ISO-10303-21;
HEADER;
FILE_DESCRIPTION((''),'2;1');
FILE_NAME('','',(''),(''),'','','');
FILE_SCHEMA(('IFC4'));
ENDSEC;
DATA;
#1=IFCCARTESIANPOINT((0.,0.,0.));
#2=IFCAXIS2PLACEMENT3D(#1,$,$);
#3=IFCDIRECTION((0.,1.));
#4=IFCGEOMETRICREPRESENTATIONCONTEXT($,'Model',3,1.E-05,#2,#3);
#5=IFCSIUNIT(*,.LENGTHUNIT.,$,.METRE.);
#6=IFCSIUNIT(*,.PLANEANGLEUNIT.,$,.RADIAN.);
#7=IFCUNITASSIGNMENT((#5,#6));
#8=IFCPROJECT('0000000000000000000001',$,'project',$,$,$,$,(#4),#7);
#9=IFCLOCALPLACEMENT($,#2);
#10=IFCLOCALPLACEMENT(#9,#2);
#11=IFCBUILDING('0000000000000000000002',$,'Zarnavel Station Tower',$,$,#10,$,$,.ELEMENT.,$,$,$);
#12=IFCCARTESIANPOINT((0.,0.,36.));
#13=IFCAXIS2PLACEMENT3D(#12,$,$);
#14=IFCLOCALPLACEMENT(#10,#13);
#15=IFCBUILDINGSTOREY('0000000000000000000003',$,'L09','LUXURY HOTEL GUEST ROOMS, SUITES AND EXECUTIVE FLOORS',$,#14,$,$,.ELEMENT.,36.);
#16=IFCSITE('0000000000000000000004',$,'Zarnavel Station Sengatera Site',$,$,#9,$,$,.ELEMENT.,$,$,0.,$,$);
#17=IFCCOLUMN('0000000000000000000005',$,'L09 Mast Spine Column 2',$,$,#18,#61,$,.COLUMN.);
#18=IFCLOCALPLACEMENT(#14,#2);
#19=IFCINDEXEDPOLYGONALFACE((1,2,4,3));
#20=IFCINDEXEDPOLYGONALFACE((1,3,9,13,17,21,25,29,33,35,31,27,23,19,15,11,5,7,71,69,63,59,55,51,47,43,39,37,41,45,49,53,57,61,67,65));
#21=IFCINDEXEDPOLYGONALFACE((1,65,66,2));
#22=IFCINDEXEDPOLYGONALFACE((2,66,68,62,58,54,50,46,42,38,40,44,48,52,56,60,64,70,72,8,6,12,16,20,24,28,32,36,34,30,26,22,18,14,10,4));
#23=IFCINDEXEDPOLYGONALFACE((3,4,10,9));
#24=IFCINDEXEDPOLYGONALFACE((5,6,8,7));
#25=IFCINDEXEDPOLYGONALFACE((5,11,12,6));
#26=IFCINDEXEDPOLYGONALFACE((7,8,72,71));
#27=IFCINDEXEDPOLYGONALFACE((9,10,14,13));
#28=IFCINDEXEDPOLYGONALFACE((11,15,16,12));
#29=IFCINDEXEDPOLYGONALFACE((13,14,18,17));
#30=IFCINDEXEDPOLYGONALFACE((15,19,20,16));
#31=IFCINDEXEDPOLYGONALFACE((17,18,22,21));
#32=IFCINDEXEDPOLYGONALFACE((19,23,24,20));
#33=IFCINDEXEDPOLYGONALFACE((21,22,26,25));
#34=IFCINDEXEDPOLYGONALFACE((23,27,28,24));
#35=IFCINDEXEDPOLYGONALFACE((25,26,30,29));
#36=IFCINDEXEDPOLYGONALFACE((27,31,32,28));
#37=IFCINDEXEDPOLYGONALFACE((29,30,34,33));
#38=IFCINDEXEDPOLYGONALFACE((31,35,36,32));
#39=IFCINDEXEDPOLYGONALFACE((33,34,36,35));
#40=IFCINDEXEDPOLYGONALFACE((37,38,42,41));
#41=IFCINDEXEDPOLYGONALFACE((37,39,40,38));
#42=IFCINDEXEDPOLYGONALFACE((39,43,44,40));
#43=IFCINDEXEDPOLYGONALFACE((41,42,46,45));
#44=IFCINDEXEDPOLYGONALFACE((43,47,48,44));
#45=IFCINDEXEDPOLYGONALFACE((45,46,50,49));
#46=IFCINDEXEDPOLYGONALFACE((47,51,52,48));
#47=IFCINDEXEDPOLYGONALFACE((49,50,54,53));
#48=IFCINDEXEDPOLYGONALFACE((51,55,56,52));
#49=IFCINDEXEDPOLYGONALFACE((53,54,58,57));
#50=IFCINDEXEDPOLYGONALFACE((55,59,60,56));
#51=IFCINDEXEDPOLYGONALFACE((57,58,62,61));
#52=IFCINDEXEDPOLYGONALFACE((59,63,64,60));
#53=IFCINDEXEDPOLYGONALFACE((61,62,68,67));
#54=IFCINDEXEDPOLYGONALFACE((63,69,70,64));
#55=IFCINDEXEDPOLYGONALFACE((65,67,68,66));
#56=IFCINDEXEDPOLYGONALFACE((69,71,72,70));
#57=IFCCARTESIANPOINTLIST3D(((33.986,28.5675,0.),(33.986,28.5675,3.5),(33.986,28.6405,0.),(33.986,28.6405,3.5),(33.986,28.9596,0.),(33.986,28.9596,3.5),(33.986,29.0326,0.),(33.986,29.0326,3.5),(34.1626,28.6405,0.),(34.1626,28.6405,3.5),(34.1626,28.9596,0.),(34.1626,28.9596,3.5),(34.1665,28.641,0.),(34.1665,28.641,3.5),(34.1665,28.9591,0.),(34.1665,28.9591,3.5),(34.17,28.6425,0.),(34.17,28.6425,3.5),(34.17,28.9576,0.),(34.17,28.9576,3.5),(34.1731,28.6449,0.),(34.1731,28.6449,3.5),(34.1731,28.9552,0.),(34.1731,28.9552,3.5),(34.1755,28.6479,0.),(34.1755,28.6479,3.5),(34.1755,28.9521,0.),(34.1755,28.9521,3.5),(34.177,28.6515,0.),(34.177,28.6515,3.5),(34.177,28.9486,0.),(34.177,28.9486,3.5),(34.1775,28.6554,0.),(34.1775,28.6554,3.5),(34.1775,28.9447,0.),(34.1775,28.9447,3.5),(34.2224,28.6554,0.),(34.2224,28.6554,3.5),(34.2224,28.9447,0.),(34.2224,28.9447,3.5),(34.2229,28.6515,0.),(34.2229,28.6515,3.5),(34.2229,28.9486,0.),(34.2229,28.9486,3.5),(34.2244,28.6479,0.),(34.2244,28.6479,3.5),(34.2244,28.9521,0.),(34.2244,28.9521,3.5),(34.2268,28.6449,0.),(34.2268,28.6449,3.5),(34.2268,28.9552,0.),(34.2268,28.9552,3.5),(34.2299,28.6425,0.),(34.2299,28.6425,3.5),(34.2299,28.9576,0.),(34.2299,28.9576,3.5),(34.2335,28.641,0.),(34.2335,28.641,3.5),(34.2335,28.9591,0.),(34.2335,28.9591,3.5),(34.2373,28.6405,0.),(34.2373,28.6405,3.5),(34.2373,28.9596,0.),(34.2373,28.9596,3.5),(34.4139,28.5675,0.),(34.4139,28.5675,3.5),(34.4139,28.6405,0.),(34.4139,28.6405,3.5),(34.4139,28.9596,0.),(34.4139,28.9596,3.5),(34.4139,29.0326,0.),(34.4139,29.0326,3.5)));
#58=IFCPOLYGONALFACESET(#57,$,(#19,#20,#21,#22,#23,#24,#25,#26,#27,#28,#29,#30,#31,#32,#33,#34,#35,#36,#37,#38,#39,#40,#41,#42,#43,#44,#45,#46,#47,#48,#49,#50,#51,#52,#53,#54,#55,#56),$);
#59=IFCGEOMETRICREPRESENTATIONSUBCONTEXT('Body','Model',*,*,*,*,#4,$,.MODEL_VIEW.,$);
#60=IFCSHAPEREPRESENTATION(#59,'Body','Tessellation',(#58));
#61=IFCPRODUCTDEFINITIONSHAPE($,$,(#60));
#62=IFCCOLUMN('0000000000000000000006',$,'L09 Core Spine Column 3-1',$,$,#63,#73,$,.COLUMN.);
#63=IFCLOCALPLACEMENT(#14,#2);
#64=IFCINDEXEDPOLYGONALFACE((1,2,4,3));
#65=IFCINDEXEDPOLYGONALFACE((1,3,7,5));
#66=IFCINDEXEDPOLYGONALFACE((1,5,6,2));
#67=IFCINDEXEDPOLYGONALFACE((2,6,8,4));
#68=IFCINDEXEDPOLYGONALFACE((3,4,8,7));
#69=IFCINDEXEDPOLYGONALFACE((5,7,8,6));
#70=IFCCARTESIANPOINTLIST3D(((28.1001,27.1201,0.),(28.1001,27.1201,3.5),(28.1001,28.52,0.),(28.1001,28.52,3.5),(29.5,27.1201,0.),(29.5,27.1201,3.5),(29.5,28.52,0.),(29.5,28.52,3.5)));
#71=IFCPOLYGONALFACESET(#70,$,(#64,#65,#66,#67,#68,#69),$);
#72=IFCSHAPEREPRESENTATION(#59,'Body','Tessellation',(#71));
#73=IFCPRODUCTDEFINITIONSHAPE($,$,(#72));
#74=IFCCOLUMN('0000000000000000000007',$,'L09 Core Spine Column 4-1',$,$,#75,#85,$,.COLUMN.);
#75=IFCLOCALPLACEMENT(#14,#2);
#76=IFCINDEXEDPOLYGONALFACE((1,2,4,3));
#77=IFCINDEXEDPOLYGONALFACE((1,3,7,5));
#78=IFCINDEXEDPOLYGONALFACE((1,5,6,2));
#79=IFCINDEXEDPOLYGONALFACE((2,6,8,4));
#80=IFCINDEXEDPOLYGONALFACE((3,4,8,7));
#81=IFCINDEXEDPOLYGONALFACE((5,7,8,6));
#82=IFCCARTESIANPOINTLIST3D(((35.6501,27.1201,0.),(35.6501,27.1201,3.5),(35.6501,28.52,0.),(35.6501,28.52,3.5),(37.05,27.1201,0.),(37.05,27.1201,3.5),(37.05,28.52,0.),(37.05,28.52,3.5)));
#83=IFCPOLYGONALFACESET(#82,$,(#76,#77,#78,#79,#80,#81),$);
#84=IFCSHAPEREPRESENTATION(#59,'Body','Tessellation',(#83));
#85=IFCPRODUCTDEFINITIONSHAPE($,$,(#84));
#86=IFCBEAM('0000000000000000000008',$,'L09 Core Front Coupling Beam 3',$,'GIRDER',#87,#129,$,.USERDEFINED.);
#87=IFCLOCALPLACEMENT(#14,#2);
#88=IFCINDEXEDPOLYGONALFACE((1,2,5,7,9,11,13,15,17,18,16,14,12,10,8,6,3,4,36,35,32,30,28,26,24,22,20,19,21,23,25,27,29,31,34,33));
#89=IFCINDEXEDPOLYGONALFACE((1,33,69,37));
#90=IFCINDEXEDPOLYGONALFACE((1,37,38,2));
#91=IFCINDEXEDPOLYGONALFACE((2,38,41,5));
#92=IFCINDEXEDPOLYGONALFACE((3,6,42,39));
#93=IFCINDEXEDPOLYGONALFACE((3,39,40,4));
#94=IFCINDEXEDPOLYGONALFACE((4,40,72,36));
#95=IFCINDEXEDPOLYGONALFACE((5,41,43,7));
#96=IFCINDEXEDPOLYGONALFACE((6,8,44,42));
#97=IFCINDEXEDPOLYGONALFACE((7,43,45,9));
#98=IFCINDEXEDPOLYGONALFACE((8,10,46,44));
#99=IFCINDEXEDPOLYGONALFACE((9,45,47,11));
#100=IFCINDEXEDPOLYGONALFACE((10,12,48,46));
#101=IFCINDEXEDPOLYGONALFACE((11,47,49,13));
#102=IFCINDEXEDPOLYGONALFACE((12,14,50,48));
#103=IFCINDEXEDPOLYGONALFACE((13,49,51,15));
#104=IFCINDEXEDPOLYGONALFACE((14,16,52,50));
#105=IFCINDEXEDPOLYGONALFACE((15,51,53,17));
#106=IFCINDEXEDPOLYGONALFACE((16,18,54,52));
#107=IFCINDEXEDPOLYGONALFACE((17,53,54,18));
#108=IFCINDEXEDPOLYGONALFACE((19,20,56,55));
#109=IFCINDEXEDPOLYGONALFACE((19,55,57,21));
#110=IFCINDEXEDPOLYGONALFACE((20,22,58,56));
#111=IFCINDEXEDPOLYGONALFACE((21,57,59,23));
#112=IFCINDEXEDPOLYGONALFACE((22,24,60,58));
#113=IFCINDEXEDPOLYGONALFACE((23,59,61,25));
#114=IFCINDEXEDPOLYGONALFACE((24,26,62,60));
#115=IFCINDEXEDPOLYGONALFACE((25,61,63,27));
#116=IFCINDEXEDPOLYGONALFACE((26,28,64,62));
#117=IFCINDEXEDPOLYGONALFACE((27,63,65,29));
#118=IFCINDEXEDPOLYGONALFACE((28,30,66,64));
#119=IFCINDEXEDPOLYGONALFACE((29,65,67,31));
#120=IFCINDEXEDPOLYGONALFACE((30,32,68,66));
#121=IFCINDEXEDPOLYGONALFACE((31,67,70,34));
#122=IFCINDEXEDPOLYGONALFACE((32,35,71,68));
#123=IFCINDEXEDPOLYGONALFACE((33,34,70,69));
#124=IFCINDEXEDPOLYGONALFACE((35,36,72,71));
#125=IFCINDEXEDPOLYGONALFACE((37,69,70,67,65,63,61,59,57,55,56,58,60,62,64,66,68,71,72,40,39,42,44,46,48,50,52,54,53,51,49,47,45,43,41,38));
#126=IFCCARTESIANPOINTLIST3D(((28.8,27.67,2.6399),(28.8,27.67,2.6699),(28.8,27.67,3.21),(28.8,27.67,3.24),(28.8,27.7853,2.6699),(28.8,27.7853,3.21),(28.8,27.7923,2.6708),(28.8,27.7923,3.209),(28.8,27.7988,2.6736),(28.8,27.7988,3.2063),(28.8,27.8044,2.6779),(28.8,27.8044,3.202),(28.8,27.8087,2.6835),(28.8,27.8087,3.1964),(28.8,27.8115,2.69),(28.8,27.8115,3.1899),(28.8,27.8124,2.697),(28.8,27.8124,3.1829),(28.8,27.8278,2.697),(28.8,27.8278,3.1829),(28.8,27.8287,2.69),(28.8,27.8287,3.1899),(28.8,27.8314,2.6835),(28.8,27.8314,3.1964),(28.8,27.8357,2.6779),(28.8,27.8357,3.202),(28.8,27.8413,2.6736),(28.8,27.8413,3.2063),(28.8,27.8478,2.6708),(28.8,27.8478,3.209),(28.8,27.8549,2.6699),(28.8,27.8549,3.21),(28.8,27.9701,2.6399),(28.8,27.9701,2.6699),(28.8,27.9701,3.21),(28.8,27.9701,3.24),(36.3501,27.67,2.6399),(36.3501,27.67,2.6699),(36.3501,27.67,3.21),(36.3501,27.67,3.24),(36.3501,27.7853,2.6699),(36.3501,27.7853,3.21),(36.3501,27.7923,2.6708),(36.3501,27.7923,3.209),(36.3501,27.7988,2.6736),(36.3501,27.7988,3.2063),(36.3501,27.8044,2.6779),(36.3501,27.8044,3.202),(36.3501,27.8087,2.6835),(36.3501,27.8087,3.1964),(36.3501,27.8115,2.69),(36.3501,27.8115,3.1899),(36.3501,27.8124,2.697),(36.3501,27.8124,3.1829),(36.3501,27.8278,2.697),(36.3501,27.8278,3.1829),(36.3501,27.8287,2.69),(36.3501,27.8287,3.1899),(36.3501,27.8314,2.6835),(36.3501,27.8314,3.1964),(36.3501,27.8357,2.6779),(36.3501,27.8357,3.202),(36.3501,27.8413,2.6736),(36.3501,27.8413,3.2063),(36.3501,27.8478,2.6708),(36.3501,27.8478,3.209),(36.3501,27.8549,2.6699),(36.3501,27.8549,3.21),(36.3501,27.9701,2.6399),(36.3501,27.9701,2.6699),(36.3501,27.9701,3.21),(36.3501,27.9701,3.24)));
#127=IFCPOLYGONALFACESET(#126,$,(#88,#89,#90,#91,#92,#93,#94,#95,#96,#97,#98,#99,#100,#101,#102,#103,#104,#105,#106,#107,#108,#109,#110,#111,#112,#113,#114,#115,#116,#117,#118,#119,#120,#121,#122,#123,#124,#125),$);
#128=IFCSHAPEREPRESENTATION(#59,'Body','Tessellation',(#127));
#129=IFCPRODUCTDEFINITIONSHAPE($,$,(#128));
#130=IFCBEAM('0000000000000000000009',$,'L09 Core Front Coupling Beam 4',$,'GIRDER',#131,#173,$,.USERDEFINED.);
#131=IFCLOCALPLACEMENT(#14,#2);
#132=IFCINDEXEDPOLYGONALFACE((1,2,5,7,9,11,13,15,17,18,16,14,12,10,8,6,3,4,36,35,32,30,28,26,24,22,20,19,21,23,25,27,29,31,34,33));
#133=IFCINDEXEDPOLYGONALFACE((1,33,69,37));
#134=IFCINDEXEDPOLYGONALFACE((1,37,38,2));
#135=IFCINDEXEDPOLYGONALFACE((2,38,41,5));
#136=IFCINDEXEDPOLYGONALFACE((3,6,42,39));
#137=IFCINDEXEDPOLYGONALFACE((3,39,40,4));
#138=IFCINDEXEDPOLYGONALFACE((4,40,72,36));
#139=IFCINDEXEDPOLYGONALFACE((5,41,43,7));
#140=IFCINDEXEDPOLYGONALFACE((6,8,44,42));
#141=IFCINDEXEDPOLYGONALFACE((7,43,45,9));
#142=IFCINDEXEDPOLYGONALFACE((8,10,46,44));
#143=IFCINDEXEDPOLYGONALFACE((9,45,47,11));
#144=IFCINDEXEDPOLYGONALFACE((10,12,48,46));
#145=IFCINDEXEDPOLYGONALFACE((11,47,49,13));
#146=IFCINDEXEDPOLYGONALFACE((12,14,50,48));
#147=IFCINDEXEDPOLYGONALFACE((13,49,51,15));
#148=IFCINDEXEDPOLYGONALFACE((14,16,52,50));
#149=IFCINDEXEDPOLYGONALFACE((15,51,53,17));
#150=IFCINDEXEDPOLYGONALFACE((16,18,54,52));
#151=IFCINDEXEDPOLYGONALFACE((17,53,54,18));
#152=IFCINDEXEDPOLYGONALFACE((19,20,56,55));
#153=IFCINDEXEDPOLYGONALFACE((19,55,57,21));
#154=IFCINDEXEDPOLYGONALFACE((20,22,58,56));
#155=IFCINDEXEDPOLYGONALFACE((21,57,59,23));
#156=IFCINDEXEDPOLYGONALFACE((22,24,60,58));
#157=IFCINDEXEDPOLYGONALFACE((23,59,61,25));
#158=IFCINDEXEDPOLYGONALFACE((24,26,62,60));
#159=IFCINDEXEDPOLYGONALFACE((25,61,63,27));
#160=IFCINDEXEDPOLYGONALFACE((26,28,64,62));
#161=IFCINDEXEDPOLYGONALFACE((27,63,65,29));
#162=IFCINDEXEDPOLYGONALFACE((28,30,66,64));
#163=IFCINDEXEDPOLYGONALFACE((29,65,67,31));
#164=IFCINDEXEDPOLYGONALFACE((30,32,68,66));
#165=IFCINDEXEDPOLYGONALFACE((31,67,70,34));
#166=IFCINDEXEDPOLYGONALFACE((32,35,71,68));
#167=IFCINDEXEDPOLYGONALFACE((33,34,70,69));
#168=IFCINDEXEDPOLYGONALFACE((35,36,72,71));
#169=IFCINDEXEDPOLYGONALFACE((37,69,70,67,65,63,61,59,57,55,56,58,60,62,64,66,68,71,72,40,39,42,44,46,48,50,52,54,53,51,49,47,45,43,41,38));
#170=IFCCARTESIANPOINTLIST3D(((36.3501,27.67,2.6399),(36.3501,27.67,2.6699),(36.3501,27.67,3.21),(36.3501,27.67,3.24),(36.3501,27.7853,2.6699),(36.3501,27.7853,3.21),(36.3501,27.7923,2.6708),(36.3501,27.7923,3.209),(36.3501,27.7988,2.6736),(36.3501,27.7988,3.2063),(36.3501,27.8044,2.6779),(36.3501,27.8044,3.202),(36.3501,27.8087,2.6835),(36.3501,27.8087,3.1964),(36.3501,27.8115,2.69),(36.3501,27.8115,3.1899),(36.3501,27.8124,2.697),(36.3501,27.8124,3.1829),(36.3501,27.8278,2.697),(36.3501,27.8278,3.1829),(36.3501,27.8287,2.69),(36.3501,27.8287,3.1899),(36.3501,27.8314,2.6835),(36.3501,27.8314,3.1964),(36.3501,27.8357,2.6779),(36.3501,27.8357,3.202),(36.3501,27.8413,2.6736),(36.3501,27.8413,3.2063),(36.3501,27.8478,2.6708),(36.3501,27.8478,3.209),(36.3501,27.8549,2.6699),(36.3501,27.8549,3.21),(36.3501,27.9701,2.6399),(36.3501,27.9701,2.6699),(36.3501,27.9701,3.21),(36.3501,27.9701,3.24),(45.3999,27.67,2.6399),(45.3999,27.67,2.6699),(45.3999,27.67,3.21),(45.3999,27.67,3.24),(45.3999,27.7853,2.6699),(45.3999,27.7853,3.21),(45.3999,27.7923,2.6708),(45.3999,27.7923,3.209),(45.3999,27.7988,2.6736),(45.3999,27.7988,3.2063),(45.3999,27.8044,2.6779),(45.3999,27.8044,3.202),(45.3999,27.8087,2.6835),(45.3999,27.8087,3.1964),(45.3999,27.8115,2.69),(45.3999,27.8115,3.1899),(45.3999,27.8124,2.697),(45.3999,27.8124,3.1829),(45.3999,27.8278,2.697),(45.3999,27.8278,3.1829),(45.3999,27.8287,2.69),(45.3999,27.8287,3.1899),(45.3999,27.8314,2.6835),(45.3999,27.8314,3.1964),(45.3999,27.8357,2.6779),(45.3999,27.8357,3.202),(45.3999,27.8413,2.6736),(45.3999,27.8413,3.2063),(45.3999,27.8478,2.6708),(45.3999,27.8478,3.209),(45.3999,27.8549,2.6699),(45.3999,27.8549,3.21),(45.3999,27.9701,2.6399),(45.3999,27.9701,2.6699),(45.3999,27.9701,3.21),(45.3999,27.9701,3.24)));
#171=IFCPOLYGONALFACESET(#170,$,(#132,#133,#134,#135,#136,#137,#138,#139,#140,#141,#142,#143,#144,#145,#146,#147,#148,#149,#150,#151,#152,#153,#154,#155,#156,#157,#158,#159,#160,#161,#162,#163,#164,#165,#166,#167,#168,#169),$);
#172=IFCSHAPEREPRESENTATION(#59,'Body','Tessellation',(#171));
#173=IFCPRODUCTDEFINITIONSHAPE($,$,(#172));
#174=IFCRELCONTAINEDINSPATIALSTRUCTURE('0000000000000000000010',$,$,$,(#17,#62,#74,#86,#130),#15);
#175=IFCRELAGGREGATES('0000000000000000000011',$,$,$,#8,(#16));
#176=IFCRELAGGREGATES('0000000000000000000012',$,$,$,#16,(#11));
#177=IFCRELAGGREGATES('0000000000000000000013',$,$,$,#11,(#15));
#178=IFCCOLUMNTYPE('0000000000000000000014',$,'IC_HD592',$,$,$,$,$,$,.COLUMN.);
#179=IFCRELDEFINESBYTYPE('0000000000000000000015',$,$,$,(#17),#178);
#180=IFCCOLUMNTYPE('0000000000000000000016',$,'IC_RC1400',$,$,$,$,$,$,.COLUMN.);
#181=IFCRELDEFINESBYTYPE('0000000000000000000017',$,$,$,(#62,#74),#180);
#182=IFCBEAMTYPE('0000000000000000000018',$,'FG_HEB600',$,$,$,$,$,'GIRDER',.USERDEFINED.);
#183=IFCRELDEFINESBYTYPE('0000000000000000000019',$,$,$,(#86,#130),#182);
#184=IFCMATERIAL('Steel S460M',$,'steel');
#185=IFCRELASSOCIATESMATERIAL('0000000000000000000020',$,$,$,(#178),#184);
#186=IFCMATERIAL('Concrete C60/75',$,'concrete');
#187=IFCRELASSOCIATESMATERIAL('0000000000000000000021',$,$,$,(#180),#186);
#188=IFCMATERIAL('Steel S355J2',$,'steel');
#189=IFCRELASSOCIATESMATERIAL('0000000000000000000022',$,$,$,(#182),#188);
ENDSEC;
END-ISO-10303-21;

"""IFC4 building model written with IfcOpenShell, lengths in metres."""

from ifc_helpers import new_model, si_unit, direction, frame, origin, origin_2d, place, context, subcontext, project, spatial, rectangle, i_section, extrude, material, material_profile, profile_set, type_object, element, save


model = new_model("IFC4")

# Units and contexts
model_context = context("Model", 3, precision=1e-05, world=origin(), true_north=direction((0.0, 1.0)))
body_context = subcontext(model_context, "Body", "Model", "MODEL_VIEW")
ifc_project = project(units=[si_unit("LENGTHUNIT", "METRE"), si_unit("PLANEANGLEUNIT", "RADIAN")], contexts=[model_context])

# Site, building, storey
site_placement = place(None, origin())
site = spatial("IfcSite", under=ifc_project, at=site_placement, Name="Zarnavel Station Sengatera Site", CompositionType="ELEMENT", RefElevation=0.0)
building_placement = place(site_placement, origin())
building = spatial("IfcBuilding", under=site, at=building_placement, Name="Zarnavel Station Tower", CompositionType="ELEMENT")
storey_placement = place(building_placement, frame((0.0, 0.0, 36.0)))
storey = spatial("IfcBuildingStorey", under=building, at=storey_placement, Name="L09", Description="LUXURY HOTEL GUEST ROOMS, SUITES AND EXECUTIVE FLOORS", CompositionType="ELEMENT", Elevation=36.0)

# Columns
ifc_material_1 = material(Name="Steel S460M", Category="steel")
ifc_material_profile_1 = material_profile(ifc_material_1, i_section(OverallWidth=0.428, OverallDepth=0.4651, WebThickness=0.0449, FlangeThickness=0.073, FilletRadius=0.0149, at=origin_2d()), Name="HD400x592")
ifc_profile_set_1 = profile_set([ifc_material_profile_1], Name="Steel S460M")
column_type_1 = type_object("IfcColumnType", Name="IC_HD592", PredefinedType="COLUMN", material=ifc_profile_set_1)
column_placement = place(storey_placement, frame((34.2, 28.8, 0.0), z_axis=(0.0, 0.0, 1.0), x_axis=(1.0, 0.0, 0.0)))
element("IfcColumn", 1, at=column_placement, inside=storey, type_object=column_type_1, Name="L09 Mast Spine Column 2", PredefinedType="COLUMN", context=body_context, shape_type="SweptSolid", body=[
    extrude(i_section(OverallWidth=0.428, OverallDepth=0.4651, WebThickness=0.0449, FlangeThickness=0.073, FilletRadius=0.0149, at=origin_2d()), origin(), (0.0, 0.0, 1.0), 3.5),
])
ifc_material_2 = material(Name="Concrete C60/75", Category="concrete")
ifc_material_profile_2 = material_profile(ifc_material_2, rectangle(XDim=1.3999, YDim=1.3999, at=origin_2d()), Name="RC1400x1400")
ifc_profile_set_2 = profile_set([ifc_material_profile_2], Name="Concrete C60/75")
column_type_2 = type_object("IfcColumnType", Name="IC_RC1400", PredefinedType="COLUMN", material=ifc_profile_set_2)
for number, where, z_axis, x_axis, name in (
    (2, (28.8, 27.8201, 0.0), (0.0, 0.0, 1.0), (1.0, 0.0, 0.0), "L09 Core Spine Column 3-1"),
    (3, (36.3501, 27.8201, 0.0), (0.0, 0.0, 1.0), (1.0, 0.0, 0.0), "L09 Core Spine Column 4-1"),
):
    element("IfcColumn", number, at=place(storey_placement, frame(where, z_axis=z_axis, x_axis=x_axis)), inside=storey, type_object=column_type_2, Name=name, PredefinedType="COLUMN", context=body_context, shape_type="SweptSolid", body=[
        extrude(rectangle(XDim=1.3999, YDim=1.3999, at=origin_2d()), origin(), (0.0, 0.0, 1.0), 3.5),
    ])

# Beams
ifc_material_3 = material(Name="Steel S355J2", Category="steel")
ifc_material_profile_3 = material_profile(ifc_material_3, i_section(OverallWidth=0.3, OverallDepth=0.6001, WebThickness=0.0154, FlangeThickness=0.03, FilletRadius=0.0271, at=origin_2d()), Name="HEB600")
ifc_profile_set_3 = profile_set([ifc_material_profile_3], Name="Steel S355J2")
beam_type_1 = type_object("IfcBeamType", Name="FG_HEB600", ElementType="GIRDER", PredefinedType="USERDEFINED", material=ifc_profile_set_3)
beam_1_placement = place(storey_placement, frame((28.8, 27.8201, 2.9399), z_axis=(1.0, 0.0, 0.0), x_axis=(0.0, 1.0, 0.0)))
element("IfcBeam", 4, at=beam_1_placement, inside=storey, type_object=beam_type_1, Name="L09 Core Front Coupling Beam 3", ObjectType="GIRDER", PredefinedType="USERDEFINED", context=body_context, shape_type="SweptSolid", body=[
    extrude(i_section(OverallWidth=0.3, OverallDepth=0.6001, WebThickness=0.0154, FlangeThickness=0.03, FilletRadius=0.0271, at=origin_2d()), origin(), (0.0, 0.0, 1.0), 7.55),
])
beam_2_placement = place(storey_placement, frame((36.3501, 27.8201, 2.9399), z_axis=(1.0, 0.0, 0.0), x_axis=(0.0, 1.0, 0.0)))
element("IfcBeam", 5, at=beam_2_placement, inside=storey, type_object=beam_type_1, Name="L09 Core Front Coupling Beam 4", ObjectType="GIRDER", PredefinedType="USERDEFINED", context=body_context, shape_type="SweptSolid", body=[
    extrude(i_section(OverallWidth=0.3, OverallDepth=0.6001, WebThickness=0.0154, FlangeThickness=0.03, FilletRadius=0.0271, at=origin_2d()), origin(), (0.0, 0.0, 1.0), 9.0498),
])

save(model, "model.ifc")
